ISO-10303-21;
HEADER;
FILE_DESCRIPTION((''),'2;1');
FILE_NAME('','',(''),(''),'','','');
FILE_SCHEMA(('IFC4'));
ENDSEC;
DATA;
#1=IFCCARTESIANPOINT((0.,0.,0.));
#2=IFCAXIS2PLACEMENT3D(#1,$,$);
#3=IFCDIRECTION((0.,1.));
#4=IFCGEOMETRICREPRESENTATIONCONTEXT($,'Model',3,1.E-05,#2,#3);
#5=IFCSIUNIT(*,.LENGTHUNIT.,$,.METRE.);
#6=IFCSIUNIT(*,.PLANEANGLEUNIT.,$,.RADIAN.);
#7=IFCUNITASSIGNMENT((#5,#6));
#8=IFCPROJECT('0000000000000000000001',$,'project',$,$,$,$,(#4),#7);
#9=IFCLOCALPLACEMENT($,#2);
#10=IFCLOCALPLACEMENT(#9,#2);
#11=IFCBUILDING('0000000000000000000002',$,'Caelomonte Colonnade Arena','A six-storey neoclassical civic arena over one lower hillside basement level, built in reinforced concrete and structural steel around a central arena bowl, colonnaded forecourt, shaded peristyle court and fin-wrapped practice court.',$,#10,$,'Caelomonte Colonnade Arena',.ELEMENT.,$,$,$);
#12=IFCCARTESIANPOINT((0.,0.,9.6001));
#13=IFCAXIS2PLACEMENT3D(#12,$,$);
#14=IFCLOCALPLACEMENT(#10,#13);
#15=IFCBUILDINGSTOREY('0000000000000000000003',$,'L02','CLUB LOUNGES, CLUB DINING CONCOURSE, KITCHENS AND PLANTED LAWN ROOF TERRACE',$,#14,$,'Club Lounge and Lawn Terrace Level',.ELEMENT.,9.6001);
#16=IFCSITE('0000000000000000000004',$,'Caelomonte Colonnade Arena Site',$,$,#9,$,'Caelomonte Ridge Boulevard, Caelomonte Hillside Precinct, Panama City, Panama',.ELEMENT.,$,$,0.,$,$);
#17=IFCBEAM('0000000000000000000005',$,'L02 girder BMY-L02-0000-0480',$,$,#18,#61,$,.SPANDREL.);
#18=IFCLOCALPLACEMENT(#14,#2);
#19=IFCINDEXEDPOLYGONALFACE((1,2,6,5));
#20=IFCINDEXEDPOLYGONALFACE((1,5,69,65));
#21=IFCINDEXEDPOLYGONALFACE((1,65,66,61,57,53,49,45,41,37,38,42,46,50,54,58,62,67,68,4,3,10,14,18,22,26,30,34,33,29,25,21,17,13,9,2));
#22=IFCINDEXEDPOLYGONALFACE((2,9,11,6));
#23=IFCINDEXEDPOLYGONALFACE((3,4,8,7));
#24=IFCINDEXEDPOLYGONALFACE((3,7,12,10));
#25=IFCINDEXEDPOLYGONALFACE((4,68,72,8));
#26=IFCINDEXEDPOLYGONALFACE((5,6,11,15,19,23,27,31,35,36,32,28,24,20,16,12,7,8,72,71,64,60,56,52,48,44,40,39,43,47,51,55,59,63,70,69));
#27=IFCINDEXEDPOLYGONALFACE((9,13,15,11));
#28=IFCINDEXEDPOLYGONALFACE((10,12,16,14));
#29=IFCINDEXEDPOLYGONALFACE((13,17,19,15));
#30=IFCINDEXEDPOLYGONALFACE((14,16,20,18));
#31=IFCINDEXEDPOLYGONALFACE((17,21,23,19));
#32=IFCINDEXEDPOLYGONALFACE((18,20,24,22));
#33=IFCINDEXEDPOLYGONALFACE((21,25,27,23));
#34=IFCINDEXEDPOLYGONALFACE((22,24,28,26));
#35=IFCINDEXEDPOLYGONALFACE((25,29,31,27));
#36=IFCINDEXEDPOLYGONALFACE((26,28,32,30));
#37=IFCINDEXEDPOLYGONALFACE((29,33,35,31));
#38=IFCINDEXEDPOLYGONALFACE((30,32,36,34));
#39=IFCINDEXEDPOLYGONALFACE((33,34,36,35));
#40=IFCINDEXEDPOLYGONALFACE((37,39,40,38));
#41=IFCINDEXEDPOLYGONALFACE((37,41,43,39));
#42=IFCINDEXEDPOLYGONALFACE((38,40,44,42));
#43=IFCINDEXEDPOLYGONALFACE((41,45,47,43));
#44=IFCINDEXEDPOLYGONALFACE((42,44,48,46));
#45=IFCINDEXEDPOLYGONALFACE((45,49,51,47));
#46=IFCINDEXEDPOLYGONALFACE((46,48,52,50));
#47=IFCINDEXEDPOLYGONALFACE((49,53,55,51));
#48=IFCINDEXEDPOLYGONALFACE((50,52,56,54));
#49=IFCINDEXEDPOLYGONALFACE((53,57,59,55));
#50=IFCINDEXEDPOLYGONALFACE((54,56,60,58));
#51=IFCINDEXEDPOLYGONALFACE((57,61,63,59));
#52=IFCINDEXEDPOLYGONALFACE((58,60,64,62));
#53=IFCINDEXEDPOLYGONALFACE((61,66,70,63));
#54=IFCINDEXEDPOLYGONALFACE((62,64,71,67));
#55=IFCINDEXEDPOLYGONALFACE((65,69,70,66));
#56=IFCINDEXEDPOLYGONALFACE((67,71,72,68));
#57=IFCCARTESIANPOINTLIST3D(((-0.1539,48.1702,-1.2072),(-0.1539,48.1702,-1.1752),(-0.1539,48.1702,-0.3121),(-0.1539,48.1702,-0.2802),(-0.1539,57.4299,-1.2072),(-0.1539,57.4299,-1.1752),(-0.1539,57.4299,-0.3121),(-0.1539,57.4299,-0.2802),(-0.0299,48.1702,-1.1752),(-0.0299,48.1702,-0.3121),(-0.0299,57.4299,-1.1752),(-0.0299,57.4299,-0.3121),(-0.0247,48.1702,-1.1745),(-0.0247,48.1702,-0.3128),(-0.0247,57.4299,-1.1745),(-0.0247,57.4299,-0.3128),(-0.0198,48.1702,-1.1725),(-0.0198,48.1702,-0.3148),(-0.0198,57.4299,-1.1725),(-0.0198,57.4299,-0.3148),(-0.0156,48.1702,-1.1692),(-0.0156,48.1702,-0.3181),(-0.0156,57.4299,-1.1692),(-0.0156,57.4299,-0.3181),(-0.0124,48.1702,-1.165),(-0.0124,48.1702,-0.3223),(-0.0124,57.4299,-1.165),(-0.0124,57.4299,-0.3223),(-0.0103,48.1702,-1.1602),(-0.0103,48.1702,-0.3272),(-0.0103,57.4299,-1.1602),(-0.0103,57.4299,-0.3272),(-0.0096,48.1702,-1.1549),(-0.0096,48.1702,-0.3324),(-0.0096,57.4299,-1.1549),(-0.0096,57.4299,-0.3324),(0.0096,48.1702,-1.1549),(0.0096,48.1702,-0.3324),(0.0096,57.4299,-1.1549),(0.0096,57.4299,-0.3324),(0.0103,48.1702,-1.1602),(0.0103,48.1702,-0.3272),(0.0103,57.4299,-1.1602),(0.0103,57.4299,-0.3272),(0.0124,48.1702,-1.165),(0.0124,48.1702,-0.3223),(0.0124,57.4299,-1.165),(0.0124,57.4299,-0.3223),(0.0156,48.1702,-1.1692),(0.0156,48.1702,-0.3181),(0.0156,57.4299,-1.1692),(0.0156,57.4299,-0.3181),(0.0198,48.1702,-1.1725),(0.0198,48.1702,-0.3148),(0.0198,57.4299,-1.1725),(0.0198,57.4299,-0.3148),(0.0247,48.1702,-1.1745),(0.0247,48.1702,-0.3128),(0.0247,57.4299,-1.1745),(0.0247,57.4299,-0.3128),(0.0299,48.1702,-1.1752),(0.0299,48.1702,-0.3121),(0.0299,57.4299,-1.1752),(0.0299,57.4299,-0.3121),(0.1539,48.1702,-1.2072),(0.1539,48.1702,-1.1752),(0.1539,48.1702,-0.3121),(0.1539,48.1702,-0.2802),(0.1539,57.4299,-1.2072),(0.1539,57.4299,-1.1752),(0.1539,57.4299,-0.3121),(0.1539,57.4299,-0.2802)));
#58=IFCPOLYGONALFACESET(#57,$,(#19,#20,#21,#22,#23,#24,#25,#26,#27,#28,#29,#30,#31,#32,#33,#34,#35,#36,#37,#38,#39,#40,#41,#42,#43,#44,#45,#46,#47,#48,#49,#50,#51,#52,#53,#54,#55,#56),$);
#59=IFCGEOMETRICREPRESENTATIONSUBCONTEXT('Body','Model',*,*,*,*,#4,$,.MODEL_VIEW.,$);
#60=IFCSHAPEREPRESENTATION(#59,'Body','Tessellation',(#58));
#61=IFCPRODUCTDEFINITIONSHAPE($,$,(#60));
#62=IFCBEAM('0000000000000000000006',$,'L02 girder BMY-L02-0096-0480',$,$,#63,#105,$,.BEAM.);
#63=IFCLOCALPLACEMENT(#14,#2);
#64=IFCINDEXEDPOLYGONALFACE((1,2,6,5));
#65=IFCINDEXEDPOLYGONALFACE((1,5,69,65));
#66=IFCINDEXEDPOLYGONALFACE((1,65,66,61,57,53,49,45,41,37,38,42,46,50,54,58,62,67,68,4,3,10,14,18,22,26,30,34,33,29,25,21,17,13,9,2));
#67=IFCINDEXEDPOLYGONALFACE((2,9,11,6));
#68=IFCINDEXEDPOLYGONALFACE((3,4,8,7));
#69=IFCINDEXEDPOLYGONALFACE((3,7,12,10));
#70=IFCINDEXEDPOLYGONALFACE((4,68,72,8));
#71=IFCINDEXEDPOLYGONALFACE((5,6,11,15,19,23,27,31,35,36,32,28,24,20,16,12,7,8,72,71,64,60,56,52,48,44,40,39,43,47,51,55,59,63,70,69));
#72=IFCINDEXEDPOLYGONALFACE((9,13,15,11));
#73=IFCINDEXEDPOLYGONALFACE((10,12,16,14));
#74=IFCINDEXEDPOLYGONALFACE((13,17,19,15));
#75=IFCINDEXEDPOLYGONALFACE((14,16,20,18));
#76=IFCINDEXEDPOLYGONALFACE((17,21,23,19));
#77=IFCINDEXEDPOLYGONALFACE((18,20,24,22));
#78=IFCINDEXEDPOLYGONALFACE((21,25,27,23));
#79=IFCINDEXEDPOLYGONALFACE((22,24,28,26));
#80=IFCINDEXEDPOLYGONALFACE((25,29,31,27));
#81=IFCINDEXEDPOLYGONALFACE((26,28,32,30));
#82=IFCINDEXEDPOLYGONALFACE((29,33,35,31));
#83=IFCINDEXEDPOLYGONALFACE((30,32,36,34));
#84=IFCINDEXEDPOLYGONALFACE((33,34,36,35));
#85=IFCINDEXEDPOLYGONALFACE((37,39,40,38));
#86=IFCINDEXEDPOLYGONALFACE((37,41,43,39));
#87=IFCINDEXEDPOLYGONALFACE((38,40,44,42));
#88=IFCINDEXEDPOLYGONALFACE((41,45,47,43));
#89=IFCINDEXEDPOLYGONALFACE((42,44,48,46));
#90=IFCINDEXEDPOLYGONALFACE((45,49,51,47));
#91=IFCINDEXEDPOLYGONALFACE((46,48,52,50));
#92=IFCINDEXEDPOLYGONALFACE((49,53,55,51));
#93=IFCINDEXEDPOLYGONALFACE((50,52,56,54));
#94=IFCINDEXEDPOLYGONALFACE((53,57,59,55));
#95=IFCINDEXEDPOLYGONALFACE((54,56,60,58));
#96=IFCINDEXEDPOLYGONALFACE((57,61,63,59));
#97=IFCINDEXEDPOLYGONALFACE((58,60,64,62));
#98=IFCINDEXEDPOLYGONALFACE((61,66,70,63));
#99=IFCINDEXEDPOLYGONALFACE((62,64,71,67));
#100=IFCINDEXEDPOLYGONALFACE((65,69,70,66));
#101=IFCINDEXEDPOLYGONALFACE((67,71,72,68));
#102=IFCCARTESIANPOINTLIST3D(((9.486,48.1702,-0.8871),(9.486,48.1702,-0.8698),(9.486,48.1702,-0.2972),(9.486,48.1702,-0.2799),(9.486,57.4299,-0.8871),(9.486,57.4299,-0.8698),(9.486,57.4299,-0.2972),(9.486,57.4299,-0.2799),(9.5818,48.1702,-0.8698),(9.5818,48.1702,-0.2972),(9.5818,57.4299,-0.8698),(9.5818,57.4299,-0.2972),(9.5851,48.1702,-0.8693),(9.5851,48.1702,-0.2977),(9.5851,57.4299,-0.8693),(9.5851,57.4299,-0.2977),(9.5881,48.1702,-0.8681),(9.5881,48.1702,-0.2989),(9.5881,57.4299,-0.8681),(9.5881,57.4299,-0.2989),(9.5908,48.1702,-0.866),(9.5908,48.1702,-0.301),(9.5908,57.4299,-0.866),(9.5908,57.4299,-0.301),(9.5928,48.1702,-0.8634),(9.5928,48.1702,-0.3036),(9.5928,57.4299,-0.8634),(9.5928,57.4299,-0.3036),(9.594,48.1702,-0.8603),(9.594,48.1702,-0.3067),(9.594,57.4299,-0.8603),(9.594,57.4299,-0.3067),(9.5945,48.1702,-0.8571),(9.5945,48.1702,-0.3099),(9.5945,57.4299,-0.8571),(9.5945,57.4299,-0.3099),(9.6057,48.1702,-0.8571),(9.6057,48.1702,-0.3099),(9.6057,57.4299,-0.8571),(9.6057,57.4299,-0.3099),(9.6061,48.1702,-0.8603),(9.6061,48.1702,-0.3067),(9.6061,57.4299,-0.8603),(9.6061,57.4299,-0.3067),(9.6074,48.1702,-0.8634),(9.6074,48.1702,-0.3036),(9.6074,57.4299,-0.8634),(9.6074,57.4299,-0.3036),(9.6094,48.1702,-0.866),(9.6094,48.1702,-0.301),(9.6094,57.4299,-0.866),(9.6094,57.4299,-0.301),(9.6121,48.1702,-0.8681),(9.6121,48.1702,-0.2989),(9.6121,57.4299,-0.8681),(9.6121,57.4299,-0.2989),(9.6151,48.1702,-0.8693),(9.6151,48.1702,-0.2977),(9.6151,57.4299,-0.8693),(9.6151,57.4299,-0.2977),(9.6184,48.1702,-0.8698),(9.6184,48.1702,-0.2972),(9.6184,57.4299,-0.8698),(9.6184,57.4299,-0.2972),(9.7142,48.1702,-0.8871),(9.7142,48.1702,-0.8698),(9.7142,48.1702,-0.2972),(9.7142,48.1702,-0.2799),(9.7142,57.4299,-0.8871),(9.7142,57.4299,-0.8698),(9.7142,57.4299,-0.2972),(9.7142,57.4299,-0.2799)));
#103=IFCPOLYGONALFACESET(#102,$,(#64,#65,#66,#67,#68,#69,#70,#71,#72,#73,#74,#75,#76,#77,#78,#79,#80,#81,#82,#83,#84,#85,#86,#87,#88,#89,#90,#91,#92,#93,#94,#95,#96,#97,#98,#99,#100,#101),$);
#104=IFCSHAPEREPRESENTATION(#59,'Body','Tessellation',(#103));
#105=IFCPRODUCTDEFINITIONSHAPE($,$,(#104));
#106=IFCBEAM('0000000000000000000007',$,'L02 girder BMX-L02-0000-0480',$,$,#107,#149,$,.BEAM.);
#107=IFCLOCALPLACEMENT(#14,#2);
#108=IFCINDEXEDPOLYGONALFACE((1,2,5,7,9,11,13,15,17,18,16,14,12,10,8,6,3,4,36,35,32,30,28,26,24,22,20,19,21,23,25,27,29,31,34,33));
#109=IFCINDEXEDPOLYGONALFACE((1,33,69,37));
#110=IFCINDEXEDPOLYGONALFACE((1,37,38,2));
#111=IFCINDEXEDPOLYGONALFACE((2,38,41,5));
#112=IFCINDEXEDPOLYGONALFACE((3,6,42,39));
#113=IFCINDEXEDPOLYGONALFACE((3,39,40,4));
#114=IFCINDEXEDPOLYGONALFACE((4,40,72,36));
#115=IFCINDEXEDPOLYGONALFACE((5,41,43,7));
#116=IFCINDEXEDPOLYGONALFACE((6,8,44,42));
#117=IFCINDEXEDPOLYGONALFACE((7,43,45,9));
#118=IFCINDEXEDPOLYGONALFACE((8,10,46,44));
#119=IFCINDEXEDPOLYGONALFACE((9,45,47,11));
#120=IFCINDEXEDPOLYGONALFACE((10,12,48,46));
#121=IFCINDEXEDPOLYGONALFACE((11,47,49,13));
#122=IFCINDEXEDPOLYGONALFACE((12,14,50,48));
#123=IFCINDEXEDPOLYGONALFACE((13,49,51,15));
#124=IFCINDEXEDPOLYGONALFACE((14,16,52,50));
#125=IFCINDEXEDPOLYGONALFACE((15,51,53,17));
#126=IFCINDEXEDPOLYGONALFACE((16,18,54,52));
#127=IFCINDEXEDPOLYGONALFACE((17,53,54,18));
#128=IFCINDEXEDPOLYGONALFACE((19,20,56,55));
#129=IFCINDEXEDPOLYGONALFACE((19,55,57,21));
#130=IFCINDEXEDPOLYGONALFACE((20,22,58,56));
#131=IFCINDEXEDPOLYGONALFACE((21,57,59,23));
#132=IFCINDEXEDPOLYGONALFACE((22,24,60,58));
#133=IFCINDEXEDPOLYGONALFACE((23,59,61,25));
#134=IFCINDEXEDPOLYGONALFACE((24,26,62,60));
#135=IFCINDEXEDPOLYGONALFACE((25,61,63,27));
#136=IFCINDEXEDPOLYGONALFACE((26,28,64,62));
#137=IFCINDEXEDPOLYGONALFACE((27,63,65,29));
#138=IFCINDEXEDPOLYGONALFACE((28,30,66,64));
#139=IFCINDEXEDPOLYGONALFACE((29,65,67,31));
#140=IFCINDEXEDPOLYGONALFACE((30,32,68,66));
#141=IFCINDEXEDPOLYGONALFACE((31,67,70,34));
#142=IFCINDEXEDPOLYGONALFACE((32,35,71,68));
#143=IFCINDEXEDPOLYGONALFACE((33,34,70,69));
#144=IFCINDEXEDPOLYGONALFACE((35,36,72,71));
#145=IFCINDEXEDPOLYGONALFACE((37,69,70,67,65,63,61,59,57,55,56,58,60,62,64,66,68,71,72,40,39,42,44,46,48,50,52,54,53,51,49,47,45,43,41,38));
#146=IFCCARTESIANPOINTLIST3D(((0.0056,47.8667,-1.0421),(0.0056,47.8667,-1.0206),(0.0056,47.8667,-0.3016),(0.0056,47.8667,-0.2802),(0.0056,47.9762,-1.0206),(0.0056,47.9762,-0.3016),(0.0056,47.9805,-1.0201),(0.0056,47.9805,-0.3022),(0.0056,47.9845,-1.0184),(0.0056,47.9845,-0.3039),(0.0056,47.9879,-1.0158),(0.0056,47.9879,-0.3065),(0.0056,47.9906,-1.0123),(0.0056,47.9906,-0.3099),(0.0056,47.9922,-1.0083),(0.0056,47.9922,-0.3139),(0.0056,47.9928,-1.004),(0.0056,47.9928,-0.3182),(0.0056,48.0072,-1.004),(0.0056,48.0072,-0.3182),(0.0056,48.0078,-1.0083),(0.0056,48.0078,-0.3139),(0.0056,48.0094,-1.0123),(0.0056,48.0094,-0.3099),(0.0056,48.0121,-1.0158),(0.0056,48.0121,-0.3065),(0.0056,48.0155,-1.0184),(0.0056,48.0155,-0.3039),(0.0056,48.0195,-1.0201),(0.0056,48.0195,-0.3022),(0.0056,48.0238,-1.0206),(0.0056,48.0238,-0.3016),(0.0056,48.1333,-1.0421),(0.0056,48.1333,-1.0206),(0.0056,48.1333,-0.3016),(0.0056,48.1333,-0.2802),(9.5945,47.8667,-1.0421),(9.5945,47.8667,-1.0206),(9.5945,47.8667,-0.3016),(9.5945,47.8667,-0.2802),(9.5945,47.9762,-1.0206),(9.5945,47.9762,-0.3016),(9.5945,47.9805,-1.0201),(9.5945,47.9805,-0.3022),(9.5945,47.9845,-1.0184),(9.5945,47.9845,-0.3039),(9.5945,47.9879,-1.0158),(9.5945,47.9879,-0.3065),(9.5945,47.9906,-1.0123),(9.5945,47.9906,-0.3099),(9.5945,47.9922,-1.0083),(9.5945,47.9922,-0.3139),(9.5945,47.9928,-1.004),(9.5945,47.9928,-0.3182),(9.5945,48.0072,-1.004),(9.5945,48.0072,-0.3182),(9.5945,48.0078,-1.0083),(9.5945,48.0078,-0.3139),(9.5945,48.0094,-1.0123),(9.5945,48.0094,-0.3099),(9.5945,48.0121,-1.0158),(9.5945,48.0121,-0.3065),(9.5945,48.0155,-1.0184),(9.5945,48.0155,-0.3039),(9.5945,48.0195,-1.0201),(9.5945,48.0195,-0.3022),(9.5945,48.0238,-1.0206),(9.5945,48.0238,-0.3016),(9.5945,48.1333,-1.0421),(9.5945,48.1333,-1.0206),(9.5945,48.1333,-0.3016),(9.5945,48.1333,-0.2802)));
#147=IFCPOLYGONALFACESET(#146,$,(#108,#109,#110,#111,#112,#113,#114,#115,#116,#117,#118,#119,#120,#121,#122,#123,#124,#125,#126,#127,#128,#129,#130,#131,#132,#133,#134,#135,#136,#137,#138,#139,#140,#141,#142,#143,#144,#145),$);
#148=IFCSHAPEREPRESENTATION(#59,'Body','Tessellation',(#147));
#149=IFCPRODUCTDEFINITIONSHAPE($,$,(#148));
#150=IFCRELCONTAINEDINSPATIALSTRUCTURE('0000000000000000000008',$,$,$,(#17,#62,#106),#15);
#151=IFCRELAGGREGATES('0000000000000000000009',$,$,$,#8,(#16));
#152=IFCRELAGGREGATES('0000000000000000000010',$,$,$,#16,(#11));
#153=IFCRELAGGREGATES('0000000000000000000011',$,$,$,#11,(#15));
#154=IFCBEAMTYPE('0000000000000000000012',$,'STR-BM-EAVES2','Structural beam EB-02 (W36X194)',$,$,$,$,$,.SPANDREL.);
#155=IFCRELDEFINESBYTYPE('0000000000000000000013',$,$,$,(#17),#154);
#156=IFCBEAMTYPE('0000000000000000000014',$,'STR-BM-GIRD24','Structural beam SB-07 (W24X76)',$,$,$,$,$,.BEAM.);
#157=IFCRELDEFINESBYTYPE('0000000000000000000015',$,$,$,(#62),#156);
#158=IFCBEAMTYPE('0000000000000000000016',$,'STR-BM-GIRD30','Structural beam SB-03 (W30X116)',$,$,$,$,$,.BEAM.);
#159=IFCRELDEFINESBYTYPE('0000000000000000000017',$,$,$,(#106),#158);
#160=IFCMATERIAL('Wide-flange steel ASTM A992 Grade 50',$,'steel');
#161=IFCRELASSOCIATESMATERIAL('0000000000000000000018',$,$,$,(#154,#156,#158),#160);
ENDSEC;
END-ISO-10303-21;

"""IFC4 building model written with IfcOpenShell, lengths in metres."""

from ifc_helpers import new_model, si_unit, direction, frame, origin, origin_2d, place, context, subcontext, project, spatial, i_section, extrude, material, material_profile, profile_set, type_object, element, save


model = new_model("IFC4")

# Units and contexts
model_context = context("Model", 3, precision=1e-05, world=origin(), true_north=direction((0.0, 1.0)))
body_context = subcontext(model_context, "Body", "Model", "MODEL_VIEW")
ifc_project = project(units=[si_unit("LENGTHUNIT", "METRE"), si_unit("PLANEANGLEUNIT", "RADIAN")], contexts=[model_context])

# Site, building, storey
site_placement = place(None, origin())
site = spatial("IfcSite", under=ifc_project, at=site_placement, Name="Caelomonte Colonnade Arena Site", LongName="Caelomonte Ridge Boulevard, Caelomonte Hillside Precinct, Panama City, Panama", CompositionType="ELEMENT", RefElevation=0.0)
building_placement = place(site_placement, origin())
building = spatial("IfcBuilding", under=site, at=building_placement, Name="Caelomonte Colonnade Arena", Description="A six-storey neoclassical civic arena over one lower hillside basement level, built in reinforced concrete and structural steel around a central arena bowl, colonnaded forecourt, shaded peristyle court and fin-wrapped practice court.", LongName="Caelomonte Colonnade Arena", CompositionType="ELEMENT")
storey_placement = place(building_placement, frame((0.0, 0.0, 9.6001)))
storey = spatial("IfcBuildingStorey", under=building, at=storey_placement, Name="L02", Description="CLUB LOUNGES, CLUB DINING CONCOURSE, KITCHENS AND PLANTED LAWN ROOF TERRACE", LongName="Club Lounge and Lawn Terrace Level", CompositionType="ELEMENT", Elevation=9.6001)

# Beams
ifc_material_1 = material(Name="Wide-flange steel ASTM A992 Grade 50", Category="steel")
ifc_material_profile_1 = material_profile(ifc_material_1, i_section(OverallWidth=0.3079, OverallDepth=0.927, WebThickness=0.0193, FlangeThickness=0.032, FilletRadius=0.0203, at=origin_2d()), Name="W36X194")
ifc_profile_set_1 = profile_set([ifc_material_profile_1], Name="Wide-flange steel ASTM A992 Grade 50")
beam_type_1 = type_object("IfcBeamType", Name="STR-BM-EAVES2", Description="Structural beam EB-02 (W36X194)", PredefinedType="SPANDREL", material=ifc_profile_set_1)
beam_1_placement = place(storey_placement, frame((0.0, 48.1702, -0.7437), z_axis=(0.0, 1.0, 0.0), x_axis=(-1.0, 0.0, 0.0)))
element("IfcBeam", 1, at=beam_1_placement, inside=storey, type_object=beam_type_1, Name="L02 girder BMY-L02-0000-0480", PredefinedType="SPANDREL", context=body_context, shape_type="SweptSolid", body=[
    extrude(i_section(OverallWidth=0.3079, OverallDepth=0.927, WebThickness=0.0193, FlangeThickness=0.032, FilletRadius=0.0203, at=origin_2d()), origin(), (0.0, 0.0, 1.0), 9.2598),
])
ifc_material_profile_2 = material_profile(ifc_material_1, i_section(OverallWidth=0.2283, OverallDepth=0.6072, WebThickness=0.0112, FlangeThickness=0.0173, FilletRadius=0.0127, at=origin_2d()), Name="W24X76")
ifc_profile_set_2 = profile_set([ifc_material_profile_2], Name="Wide-flange steel ASTM A992 Grade 50")
beam_type_2 = type_object("IfcBeamType", Name="STR-BM-GIRD24", Description="Structural beam SB-07 (W24X76)", PredefinedType="BEAM", material=ifc_profile_set_2)
beam_2_placement = place(storey_placement, frame((9.6001, 48.1702, -0.5835), z_axis=(0.0, 1.0, 0.0), x_axis=(-1.0, 0.0, 0.0)))
element("IfcBeam", 2, at=beam_2_placement, inside=storey, type_object=beam_type_2, Name="L02 girder BMY-L02-0096-0480", PredefinedType="BEAM", context=body_context, shape_type="SweptSolid", body=[
    extrude(i_section(OverallWidth=0.2283, OverallDepth=0.6072, WebThickness=0.0112, FlangeThickness=0.0173, FilletRadius=0.0127, at=origin_2d()), origin(), (0.0, 0.0, 1.0), 9.2598),
])
ifc_material_profile_3 = material_profile(ifc_material_1, i_section(OverallWidth=0.2666, OverallDepth=0.762, WebThickness=0.0144, FlangeThickness=0.0215, FilletRadius=0.0166, at=origin_2d()), Name="W30X116")
ifc_profile_set_3 = profile_set([ifc_material_profile_3], Name="Wide-flange steel ASTM A992 Grade 50")
beam_type_3 = type_object("IfcBeamType", Name="STR-BM-GIRD30", Description="Structural beam SB-03 (W30X116)", PredefinedType="BEAM", material=ifc_profile_set_3)
beam_3_placement = place(storey_placement, frame((0.0056, 48.0, -0.6611), z_axis=(1.0, 0.0, 0.0), x_axis=(0.0, 1.0, 0.0)))
element("IfcBeam", 3, at=beam_3_placement, inside=storey, type_object=beam_type_3, Name="L02 girder BMX-L02-0000-0480", PredefinedType="BEAM", context=body_context, shape_type="SweptSolid", body=[
    extrude(i_section(OverallWidth=0.2666, OverallDepth=0.762, WebThickness=0.0144, FlangeThickness=0.0215, FilletRadius=0.0166, at=origin_2d()), origin(), (0.0, 0.0, 1.0), 9.5889),
])

save(model, "model.ifc")
